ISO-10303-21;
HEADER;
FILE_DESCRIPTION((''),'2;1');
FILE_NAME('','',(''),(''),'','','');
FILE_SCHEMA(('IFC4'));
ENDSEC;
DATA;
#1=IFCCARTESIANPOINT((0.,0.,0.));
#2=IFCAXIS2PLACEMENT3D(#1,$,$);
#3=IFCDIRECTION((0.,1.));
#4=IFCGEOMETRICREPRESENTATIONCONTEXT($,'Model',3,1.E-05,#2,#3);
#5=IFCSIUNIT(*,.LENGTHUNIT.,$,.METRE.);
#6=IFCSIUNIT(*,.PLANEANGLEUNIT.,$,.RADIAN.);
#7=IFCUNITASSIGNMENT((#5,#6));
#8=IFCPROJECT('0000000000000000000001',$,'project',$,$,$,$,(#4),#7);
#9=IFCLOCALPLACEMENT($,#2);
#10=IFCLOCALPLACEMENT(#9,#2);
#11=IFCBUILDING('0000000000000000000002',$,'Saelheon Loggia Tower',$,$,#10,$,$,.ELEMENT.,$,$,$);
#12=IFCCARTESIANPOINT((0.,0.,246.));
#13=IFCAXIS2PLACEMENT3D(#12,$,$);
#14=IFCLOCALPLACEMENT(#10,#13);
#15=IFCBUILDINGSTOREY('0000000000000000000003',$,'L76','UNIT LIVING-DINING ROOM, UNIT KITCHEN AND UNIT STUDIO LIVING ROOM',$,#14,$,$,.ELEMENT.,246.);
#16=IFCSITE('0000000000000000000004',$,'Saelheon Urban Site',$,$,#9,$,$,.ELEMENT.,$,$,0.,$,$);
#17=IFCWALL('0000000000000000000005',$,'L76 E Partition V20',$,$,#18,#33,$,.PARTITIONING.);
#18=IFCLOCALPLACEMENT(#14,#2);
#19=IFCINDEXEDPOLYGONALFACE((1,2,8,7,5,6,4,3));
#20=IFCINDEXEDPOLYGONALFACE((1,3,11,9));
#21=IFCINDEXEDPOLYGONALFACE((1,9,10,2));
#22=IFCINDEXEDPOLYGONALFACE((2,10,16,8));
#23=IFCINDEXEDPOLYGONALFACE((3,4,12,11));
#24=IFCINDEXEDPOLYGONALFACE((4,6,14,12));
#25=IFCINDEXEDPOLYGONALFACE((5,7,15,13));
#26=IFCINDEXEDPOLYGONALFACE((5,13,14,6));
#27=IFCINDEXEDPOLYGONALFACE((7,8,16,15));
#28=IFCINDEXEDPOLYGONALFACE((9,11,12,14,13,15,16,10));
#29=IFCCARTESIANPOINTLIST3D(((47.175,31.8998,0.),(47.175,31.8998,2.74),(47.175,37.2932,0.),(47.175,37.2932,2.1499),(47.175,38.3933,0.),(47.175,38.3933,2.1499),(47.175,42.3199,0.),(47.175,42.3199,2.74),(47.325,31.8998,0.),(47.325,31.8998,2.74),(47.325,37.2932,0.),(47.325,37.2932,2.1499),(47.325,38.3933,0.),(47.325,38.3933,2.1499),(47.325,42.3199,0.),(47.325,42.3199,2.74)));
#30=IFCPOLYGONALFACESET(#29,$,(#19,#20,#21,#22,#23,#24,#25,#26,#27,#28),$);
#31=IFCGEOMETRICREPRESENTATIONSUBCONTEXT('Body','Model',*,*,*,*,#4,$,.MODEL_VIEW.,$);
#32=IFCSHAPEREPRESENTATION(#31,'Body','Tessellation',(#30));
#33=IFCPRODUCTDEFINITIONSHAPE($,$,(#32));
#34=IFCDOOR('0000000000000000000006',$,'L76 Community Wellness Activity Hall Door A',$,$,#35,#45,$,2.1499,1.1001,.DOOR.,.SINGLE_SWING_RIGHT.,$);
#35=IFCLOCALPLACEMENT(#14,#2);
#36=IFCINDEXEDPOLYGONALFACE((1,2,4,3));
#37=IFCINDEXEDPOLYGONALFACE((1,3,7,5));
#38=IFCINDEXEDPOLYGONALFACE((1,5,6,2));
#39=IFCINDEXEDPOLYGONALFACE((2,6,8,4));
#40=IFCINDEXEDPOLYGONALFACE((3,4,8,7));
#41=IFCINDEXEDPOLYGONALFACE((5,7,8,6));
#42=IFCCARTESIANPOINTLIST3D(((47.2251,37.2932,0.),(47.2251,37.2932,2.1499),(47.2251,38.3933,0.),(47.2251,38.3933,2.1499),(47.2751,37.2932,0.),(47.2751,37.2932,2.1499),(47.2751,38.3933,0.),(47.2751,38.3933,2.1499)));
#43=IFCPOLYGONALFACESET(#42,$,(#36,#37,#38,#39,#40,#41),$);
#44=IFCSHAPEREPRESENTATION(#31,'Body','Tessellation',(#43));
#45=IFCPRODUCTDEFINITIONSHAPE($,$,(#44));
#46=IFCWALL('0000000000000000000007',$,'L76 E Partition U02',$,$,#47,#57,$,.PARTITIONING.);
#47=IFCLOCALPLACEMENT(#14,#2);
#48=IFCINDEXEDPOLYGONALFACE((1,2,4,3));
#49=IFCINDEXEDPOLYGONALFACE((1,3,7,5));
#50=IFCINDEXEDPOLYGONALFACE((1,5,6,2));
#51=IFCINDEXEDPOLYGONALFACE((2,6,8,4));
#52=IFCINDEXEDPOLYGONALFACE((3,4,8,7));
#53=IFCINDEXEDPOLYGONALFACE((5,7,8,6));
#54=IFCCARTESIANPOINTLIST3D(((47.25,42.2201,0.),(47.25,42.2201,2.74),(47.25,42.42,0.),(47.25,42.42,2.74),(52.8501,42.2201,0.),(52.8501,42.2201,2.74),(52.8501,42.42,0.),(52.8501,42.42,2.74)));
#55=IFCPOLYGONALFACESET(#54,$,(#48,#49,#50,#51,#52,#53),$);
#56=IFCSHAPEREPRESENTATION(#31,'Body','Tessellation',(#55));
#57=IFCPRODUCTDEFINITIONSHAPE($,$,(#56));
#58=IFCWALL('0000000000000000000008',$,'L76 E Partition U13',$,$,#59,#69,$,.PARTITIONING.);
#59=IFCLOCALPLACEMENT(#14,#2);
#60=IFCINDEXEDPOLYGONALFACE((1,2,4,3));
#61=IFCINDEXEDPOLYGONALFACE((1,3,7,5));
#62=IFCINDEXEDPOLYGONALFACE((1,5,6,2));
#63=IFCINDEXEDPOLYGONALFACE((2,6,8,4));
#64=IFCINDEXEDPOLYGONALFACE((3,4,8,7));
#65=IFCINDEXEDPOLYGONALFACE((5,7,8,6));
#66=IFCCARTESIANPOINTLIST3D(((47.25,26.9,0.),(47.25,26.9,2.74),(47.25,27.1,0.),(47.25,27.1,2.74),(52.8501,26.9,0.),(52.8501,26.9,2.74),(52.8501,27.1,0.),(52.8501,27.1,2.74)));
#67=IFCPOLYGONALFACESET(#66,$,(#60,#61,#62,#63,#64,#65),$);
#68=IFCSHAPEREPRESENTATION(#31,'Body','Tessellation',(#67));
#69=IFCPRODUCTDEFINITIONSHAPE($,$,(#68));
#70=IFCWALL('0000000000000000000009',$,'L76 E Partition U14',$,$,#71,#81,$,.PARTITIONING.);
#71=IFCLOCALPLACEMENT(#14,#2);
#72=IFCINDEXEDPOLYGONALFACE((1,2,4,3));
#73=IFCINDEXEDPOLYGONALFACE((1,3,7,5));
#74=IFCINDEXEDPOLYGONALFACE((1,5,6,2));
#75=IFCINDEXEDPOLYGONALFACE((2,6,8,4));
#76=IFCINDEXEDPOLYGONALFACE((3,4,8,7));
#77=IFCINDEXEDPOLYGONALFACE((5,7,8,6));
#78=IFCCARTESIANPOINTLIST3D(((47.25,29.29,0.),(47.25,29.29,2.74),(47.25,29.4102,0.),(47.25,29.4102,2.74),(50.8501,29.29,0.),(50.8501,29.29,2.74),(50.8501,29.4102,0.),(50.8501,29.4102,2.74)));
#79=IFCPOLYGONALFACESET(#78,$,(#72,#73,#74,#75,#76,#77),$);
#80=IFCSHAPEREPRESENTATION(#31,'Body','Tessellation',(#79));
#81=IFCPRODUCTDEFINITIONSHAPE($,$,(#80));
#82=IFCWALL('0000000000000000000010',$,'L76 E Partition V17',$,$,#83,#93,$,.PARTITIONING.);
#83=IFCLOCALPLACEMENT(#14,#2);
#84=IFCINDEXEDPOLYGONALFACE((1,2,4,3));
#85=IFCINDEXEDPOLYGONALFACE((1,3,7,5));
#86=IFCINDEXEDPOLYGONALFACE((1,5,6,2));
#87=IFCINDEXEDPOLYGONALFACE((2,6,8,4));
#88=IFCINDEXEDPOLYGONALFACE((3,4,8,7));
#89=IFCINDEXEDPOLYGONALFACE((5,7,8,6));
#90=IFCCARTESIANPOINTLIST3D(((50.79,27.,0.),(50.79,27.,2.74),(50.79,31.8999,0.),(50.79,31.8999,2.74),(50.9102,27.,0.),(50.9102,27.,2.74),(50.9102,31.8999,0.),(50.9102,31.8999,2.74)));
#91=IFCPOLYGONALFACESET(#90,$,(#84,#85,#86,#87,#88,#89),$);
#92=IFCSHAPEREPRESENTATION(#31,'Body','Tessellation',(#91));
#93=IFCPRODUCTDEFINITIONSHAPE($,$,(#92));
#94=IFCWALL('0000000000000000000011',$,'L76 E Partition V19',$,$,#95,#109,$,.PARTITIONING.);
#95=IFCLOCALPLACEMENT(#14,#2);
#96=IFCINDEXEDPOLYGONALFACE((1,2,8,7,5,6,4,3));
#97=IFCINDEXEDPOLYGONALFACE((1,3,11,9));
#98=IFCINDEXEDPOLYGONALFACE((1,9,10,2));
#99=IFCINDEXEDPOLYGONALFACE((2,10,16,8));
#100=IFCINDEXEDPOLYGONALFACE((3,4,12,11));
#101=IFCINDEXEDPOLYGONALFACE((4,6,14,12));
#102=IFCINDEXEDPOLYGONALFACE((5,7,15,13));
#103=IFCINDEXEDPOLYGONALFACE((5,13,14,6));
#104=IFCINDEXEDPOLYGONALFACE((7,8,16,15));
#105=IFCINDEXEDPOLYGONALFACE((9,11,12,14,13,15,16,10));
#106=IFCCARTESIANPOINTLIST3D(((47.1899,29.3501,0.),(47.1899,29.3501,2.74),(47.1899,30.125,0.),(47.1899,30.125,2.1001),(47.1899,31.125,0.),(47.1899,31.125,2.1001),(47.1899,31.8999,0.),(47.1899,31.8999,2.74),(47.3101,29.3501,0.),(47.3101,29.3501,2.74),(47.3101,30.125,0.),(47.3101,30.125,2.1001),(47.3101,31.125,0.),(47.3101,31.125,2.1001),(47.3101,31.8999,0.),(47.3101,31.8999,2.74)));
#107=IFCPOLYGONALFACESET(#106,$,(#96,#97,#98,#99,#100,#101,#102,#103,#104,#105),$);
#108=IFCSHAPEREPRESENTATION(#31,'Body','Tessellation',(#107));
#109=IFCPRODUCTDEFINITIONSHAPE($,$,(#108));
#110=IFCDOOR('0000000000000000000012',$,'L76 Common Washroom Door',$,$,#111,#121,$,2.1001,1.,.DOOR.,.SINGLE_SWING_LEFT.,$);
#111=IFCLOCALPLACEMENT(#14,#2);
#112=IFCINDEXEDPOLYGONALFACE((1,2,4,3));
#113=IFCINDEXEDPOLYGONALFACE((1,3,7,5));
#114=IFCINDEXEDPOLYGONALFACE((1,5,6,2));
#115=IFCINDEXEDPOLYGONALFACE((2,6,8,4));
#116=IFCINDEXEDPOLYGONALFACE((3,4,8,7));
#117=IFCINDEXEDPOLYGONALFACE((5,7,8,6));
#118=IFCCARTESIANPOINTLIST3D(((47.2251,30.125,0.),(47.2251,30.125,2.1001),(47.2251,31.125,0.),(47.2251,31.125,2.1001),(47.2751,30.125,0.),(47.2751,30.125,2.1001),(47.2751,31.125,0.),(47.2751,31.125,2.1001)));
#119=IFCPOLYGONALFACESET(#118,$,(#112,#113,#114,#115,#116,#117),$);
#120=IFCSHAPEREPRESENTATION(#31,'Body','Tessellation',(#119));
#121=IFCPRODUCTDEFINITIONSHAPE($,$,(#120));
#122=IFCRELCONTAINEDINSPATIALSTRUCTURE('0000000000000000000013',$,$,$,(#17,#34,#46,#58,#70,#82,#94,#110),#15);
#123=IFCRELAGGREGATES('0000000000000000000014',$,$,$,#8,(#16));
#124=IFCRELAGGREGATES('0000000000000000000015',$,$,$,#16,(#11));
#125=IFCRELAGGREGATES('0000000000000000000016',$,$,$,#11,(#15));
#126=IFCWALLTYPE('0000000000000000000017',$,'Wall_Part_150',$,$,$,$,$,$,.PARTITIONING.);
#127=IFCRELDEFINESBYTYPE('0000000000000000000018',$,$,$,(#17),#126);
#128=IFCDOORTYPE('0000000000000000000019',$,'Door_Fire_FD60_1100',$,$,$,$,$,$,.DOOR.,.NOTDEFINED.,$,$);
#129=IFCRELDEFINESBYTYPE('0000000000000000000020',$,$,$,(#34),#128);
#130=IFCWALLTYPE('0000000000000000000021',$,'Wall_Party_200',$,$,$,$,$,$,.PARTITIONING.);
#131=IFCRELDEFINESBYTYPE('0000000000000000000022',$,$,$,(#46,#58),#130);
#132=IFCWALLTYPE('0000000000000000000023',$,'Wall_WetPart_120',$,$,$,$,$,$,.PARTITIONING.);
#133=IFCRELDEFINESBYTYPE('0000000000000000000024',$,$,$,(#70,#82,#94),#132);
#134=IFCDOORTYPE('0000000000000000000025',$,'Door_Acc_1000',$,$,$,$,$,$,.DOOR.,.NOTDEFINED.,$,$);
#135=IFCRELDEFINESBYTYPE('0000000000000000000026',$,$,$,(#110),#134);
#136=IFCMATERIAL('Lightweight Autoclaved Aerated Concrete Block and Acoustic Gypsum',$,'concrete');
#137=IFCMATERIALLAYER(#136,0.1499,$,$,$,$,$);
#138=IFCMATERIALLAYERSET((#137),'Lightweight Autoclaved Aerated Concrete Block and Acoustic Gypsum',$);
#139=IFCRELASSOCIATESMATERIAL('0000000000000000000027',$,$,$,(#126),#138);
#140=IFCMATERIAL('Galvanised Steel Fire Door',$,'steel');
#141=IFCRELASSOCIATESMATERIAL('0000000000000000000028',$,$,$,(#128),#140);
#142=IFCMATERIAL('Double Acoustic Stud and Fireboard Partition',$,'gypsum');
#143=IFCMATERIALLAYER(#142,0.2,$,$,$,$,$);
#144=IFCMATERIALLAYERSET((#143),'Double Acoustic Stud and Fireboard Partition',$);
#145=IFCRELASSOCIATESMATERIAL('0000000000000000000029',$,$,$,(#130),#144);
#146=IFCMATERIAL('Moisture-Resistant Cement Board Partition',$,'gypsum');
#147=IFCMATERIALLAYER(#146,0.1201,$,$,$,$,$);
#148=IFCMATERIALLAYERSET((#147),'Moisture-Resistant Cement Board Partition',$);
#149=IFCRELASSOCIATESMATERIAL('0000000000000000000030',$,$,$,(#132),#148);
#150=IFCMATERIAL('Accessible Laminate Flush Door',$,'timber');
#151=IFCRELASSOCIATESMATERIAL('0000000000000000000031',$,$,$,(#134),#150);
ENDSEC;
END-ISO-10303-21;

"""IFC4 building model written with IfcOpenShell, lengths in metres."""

from ifc_helpers import new_model, si_unit, direction, frame, frame_2d, origin, place, context, subcontext, project, spatial, rectangle, extrude, source, transform, mapped, material, layer, layer_set, type_object, element, fill, save


model = new_model("IFC4")

# Units and contexts
model_context = context("Model", 3, precision=1e-05, world=origin(), true_north=direction((0.0, 1.0)))
body_context = subcontext(model_context, "Body", "Model", "MODEL_VIEW")
ifc_project = project(units=[si_unit("LENGTHUNIT", "METRE"), si_unit("PLANEANGLEUNIT", "RADIAN")], contexts=[model_context])

# Site, building, storey
site_placement = place(None, origin())
site = spatial("IfcSite", under=ifc_project, at=site_placement, Name="Saelheon Urban Site", CompositionType="ELEMENT", RefElevation=0.0)
building_placement = place(site_placement, origin())
building = spatial("IfcBuilding", under=site, at=building_placement, Name="Saelheon Loggia Tower", CompositionType="ELEMENT")
storey_placement = place(building_placement, frame((0.0, 0.0, 246.0)))
storey = spatial("IfcBuildingStorey", under=building, at=storey_placement, Name="L76", Description="UNIT LIVING-DINING ROOM, UNIT KITCHEN AND UNIT STUDIO LIVING ROOM", CompositionType="ELEMENT", Elevation=246.0)

# Shared definitions
ifc_material_1 = material(Name="Lightweight Autoclaved Aerated Concrete Block and Acoustic Gypsum", Category="concrete")
ifc_layer_1 = layer(ifc_material_1, 0.1499)
ifc_layer_set_1 = layer_set([ifc_layer_1], Name="Lightweight Autoclaved Aerated Concrete Block and Acoustic Gypsum")
wall_type_1 = type_object("IfcWallType", Name="Wall_Part_150", PredefinedType="PARTITIONING", material=ifc_layer_set_1)

# Wall, opening, door
wall_1_placement = place(storey_placement, frame((47.25, 31.8999, 0.0), z_axis=(0.0, 0.0, 1.0), x_axis=(0.0, 1.0, 0.0)))
wall_1 = element("IfcWall", 1, at=wall_1_placement, inside=storey, type_object=wall_type_1, Name="L76 E Partition V20", PredefinedType="PARTITIONING", context=body_context, shape_type="SweptSolid", body=[
    extrude(rectangle(XDim=10.4202, YDim=0.1499, at=frame_2d((5.21, 0.0))), origin(), (0.0, 0.0, 1.0), 2.74),
])
opening_1_placement = place(wall_1_placement, frame((5.3933, 0.0, 0.0)))
opening_1 = element("IfcOpeningElement", 2, at=opening_1_placement, cuts=wall_1, PredefinedType="OPENING", context=body_context, shape_type="SweptSolid", body=[
    extrude(rectangle(XDim=1.1001, YDim=2.1499, at=frame_2d((0.55, 1.075))), frame((0.0, 0.0869, 0.0), z_axis=(0.0, -1.0, 0.0), x_axis=(1.0, 0.0, 0.0)), (0.0, 0.0, 1.0), 0.1738),
])
ifc_material_2 = material(Name="Galvanised Steel Fire Door", Category="steel")
door_type_1 = type_object("IfcDoorType", Name="Door_Fire_FD60_1100", OperationType="NOTDEFINED", PredefinedType="DOOR", material=ifc_material_2)
shared_shape_1 = source(origin(), body_context, "Body", "SweptSolid", [
    extrude(rectangle(XDim=1.1001, YDim=2.1499, at=frame_2d((0.55, 1.075))), frame((0.0, 0.0249, 0.0), z_axis=(0.0, -1.0, 0.0), x_axis=(1.0, 0.0, 0.0)), (0.0, 0.0, 1.0), 0.05),
])
door_1_placement = place(opening_1_placement, origin())
door_1 = element("IfcDoor", 3, at=door_1_placement, inside=storey, type_object=door_type_1, Name="L76 Community Wellness Activity Hall Door A", OperationType="SINGLE_SWING_RIGHT", OverallHeight=2.1499, OverallWidth=1.1001, PredefinedType="DOOR", context=body_context, shape_type="MappedRepresentation", body=[
    mapped(shared_shape_1, transform((0.0, 0.0, 0.0), scale=1.0)),
])
fill(opening_1, door_1)

# Walls
ifc_material_3 = material(Name="Double Acoustic Stud and Fireboard Partition", Category="gypsum")
ifc_layer_2 = layer(ifc_material_3, 0.2)
ifc_layer_set_2 = layer_set([ifc_layer_2], Name="Double Acoustic Stud and Fireboard Partition")
wall_type_2 = type_object("IfcWallType", Name="Wall_Party_200", PredefinedType="PARTITIONING", material=ifc_layer_set_2)
for number, where, z_axis, x_axis, name in (
    (4, (47.25, 42.3201, 0.0), (0.0, 0.0, 1.0), (1.0, 0.0, 0.0), "L76 E Partition U02"),
    (5, (47.25, 27.0, 0.0), (0.0, 0.0, 1.0), (1.0, 0.0, 0.0), "L76 E Partition U13"),
):
    element("IfcWall", number, at=place(storey_placement, frame(where, z_axis=z_axis, x_axis=x_axis)), inside=storey, type_object=wall_type_2, Name=name, PredefinedType="PARTITIONING", context=body_context, shape_type="SweptSolid", body=[
        extrude(rectangle(XDim=5.6001, YDim=0.2, at=frame_2d((2.8, 0.0))), origin(), (0.0, 0.0, 1.0), 2.74),
    ])
ifc_material_4 = material(Name="Moisture-Resistant Cement Board Partition", Category="gypsum")
ifc_layer_3 = layer(ifc_material_4, 0.1201)
ifc_layer_set_3 = layer_set([ifc_layer_3], Name="Moisture-Resistant Cement Board Partition")
wall_type_3 = type_object("IfcWallType", Name="Wall_WetPart_120", PredefinedType="PARTITIONING", material=ifc_layer_set_3)
wall_2_placement = place(storey_placement, frame((47.25, 29.3501, 0.0), z_axis=(0.0, 0.0, 1.0), x_axis=(1.0, 0.0, 0.0)))
element("IfcWall", 6, at=wall_2_placement, inside=storey, type_object=wall_type_3, Name="L76 E Partition U14", PredefinedType="PARTITIONING", context=body_context, shape_type="SweptSolid", body=[
    extrude(rectangle(XDim=3.6001, YDim=0.1201, at=frame_2d((1.8, 0.0))), origin(), (0.0, 0.0, 1.0), 2.74),
])
wall_3_placement = place(storey_placement, frame((50.8501, 27.0, 0.0), z_axis=(0.0, 0.0, 1.0), x_axis=(0.0, 1.0, 0.0)))
element("IfcWall", 7, at=wall_3_placement, inside=storey, type_object=wall_type_3, Name="L76 E Partition V17", PredefinedType="PARTITIONING", context=body_context, shape_type="SweptSolid", body=[
    extrude(rectangle(XDim=4.8999, YDim=0.1201, at=frame_2d((2.45, 0.0))), origin(), (0.0, 0.0, 1.0), 2.74),
])

# Wall, opening, door
wall_4_placement = place(storey_placement, frame((47.25, 29.3501, 0.0), z_axis=(0.0, 0.0, 1.0), x_axis=(0.0, 1.0, 0.0)))
wall_4 = element("IfcWall", 8, at=wall_4_placement, inside=storey, type_object=wall_type_3, Name="L76 E Partition V19", PredefinedType="PARTITIONING", context=body_context, shape_type="SweptSolid", body=[
    extrude(rectangle(XDim=2.5498, YDim=0.1201, at=frame_2d((1.2749, 0.0))), origin(), (0.0, 0.0, 1.0), 2.74),
])
opening_2_placement = place(wall_4_placement, frame((0.7749, 0.0, 0.0)))
opening_2 = element("IfcOpeningElement", 9, at=opening_2_placement, cuts=wall_4, PredefinedType="OPENING", context=body_context, shape_type="SweptSolid", body=[
    extrude(rectangle(XDim=1.0, YDim=2.1001, at=frame_2d((0.5, 1.05))), frame((0.0, 0.072, 0.0), z_axis=(0.0, -1.0, 0.0), x_axis=(1.0, 0.0, 0.0)), (0.0, 0.0, 1.0), 0.144),
])
ifc_material_5 = material(Name="Accessible Laminate Flush Door", Category="timber")
door_type_2 = type_object("IfcDoorType", Name="Door_Acc_1000", OperationType="NOTDEFINED", PredefinedType="DOOR", material=ifc_material_5)
shared_shape_2 = source(origin(), body_context, "Body", "SweptSolid", [
    extrude(rectangle(XDim=1.0, YDim=2.1001, at=frame_2d((0.5, 1.05))), frame((0.0, 0.0249, 0.0), z_axis=(0.0, -1.0, 0.0), x_axis=(1.0, 0.0, 0.0)), (0.0, 0.0, 1.0), 0.05),
])
door_2_placement = place(opening_2_placement, origin())
door_2 = element("IfcDoor", 10, at=door_2_placement, inside=storey, type_object=door_type_2, Name="L76 Common Washroom Door", OperationType="SINGLE_SWING_LEFT", OverallHeight=2.1001, OverallWidth=1.0, PredefinedType="DOOR", context=body_context, shape_type="MappedRepresentation", body=[
    mapped(shared_shape_2, transform((0.0, 0.0, 0.0), scale=1.0)),
])
fill(opening_2, door_2)

save(model, "model.ifc")
